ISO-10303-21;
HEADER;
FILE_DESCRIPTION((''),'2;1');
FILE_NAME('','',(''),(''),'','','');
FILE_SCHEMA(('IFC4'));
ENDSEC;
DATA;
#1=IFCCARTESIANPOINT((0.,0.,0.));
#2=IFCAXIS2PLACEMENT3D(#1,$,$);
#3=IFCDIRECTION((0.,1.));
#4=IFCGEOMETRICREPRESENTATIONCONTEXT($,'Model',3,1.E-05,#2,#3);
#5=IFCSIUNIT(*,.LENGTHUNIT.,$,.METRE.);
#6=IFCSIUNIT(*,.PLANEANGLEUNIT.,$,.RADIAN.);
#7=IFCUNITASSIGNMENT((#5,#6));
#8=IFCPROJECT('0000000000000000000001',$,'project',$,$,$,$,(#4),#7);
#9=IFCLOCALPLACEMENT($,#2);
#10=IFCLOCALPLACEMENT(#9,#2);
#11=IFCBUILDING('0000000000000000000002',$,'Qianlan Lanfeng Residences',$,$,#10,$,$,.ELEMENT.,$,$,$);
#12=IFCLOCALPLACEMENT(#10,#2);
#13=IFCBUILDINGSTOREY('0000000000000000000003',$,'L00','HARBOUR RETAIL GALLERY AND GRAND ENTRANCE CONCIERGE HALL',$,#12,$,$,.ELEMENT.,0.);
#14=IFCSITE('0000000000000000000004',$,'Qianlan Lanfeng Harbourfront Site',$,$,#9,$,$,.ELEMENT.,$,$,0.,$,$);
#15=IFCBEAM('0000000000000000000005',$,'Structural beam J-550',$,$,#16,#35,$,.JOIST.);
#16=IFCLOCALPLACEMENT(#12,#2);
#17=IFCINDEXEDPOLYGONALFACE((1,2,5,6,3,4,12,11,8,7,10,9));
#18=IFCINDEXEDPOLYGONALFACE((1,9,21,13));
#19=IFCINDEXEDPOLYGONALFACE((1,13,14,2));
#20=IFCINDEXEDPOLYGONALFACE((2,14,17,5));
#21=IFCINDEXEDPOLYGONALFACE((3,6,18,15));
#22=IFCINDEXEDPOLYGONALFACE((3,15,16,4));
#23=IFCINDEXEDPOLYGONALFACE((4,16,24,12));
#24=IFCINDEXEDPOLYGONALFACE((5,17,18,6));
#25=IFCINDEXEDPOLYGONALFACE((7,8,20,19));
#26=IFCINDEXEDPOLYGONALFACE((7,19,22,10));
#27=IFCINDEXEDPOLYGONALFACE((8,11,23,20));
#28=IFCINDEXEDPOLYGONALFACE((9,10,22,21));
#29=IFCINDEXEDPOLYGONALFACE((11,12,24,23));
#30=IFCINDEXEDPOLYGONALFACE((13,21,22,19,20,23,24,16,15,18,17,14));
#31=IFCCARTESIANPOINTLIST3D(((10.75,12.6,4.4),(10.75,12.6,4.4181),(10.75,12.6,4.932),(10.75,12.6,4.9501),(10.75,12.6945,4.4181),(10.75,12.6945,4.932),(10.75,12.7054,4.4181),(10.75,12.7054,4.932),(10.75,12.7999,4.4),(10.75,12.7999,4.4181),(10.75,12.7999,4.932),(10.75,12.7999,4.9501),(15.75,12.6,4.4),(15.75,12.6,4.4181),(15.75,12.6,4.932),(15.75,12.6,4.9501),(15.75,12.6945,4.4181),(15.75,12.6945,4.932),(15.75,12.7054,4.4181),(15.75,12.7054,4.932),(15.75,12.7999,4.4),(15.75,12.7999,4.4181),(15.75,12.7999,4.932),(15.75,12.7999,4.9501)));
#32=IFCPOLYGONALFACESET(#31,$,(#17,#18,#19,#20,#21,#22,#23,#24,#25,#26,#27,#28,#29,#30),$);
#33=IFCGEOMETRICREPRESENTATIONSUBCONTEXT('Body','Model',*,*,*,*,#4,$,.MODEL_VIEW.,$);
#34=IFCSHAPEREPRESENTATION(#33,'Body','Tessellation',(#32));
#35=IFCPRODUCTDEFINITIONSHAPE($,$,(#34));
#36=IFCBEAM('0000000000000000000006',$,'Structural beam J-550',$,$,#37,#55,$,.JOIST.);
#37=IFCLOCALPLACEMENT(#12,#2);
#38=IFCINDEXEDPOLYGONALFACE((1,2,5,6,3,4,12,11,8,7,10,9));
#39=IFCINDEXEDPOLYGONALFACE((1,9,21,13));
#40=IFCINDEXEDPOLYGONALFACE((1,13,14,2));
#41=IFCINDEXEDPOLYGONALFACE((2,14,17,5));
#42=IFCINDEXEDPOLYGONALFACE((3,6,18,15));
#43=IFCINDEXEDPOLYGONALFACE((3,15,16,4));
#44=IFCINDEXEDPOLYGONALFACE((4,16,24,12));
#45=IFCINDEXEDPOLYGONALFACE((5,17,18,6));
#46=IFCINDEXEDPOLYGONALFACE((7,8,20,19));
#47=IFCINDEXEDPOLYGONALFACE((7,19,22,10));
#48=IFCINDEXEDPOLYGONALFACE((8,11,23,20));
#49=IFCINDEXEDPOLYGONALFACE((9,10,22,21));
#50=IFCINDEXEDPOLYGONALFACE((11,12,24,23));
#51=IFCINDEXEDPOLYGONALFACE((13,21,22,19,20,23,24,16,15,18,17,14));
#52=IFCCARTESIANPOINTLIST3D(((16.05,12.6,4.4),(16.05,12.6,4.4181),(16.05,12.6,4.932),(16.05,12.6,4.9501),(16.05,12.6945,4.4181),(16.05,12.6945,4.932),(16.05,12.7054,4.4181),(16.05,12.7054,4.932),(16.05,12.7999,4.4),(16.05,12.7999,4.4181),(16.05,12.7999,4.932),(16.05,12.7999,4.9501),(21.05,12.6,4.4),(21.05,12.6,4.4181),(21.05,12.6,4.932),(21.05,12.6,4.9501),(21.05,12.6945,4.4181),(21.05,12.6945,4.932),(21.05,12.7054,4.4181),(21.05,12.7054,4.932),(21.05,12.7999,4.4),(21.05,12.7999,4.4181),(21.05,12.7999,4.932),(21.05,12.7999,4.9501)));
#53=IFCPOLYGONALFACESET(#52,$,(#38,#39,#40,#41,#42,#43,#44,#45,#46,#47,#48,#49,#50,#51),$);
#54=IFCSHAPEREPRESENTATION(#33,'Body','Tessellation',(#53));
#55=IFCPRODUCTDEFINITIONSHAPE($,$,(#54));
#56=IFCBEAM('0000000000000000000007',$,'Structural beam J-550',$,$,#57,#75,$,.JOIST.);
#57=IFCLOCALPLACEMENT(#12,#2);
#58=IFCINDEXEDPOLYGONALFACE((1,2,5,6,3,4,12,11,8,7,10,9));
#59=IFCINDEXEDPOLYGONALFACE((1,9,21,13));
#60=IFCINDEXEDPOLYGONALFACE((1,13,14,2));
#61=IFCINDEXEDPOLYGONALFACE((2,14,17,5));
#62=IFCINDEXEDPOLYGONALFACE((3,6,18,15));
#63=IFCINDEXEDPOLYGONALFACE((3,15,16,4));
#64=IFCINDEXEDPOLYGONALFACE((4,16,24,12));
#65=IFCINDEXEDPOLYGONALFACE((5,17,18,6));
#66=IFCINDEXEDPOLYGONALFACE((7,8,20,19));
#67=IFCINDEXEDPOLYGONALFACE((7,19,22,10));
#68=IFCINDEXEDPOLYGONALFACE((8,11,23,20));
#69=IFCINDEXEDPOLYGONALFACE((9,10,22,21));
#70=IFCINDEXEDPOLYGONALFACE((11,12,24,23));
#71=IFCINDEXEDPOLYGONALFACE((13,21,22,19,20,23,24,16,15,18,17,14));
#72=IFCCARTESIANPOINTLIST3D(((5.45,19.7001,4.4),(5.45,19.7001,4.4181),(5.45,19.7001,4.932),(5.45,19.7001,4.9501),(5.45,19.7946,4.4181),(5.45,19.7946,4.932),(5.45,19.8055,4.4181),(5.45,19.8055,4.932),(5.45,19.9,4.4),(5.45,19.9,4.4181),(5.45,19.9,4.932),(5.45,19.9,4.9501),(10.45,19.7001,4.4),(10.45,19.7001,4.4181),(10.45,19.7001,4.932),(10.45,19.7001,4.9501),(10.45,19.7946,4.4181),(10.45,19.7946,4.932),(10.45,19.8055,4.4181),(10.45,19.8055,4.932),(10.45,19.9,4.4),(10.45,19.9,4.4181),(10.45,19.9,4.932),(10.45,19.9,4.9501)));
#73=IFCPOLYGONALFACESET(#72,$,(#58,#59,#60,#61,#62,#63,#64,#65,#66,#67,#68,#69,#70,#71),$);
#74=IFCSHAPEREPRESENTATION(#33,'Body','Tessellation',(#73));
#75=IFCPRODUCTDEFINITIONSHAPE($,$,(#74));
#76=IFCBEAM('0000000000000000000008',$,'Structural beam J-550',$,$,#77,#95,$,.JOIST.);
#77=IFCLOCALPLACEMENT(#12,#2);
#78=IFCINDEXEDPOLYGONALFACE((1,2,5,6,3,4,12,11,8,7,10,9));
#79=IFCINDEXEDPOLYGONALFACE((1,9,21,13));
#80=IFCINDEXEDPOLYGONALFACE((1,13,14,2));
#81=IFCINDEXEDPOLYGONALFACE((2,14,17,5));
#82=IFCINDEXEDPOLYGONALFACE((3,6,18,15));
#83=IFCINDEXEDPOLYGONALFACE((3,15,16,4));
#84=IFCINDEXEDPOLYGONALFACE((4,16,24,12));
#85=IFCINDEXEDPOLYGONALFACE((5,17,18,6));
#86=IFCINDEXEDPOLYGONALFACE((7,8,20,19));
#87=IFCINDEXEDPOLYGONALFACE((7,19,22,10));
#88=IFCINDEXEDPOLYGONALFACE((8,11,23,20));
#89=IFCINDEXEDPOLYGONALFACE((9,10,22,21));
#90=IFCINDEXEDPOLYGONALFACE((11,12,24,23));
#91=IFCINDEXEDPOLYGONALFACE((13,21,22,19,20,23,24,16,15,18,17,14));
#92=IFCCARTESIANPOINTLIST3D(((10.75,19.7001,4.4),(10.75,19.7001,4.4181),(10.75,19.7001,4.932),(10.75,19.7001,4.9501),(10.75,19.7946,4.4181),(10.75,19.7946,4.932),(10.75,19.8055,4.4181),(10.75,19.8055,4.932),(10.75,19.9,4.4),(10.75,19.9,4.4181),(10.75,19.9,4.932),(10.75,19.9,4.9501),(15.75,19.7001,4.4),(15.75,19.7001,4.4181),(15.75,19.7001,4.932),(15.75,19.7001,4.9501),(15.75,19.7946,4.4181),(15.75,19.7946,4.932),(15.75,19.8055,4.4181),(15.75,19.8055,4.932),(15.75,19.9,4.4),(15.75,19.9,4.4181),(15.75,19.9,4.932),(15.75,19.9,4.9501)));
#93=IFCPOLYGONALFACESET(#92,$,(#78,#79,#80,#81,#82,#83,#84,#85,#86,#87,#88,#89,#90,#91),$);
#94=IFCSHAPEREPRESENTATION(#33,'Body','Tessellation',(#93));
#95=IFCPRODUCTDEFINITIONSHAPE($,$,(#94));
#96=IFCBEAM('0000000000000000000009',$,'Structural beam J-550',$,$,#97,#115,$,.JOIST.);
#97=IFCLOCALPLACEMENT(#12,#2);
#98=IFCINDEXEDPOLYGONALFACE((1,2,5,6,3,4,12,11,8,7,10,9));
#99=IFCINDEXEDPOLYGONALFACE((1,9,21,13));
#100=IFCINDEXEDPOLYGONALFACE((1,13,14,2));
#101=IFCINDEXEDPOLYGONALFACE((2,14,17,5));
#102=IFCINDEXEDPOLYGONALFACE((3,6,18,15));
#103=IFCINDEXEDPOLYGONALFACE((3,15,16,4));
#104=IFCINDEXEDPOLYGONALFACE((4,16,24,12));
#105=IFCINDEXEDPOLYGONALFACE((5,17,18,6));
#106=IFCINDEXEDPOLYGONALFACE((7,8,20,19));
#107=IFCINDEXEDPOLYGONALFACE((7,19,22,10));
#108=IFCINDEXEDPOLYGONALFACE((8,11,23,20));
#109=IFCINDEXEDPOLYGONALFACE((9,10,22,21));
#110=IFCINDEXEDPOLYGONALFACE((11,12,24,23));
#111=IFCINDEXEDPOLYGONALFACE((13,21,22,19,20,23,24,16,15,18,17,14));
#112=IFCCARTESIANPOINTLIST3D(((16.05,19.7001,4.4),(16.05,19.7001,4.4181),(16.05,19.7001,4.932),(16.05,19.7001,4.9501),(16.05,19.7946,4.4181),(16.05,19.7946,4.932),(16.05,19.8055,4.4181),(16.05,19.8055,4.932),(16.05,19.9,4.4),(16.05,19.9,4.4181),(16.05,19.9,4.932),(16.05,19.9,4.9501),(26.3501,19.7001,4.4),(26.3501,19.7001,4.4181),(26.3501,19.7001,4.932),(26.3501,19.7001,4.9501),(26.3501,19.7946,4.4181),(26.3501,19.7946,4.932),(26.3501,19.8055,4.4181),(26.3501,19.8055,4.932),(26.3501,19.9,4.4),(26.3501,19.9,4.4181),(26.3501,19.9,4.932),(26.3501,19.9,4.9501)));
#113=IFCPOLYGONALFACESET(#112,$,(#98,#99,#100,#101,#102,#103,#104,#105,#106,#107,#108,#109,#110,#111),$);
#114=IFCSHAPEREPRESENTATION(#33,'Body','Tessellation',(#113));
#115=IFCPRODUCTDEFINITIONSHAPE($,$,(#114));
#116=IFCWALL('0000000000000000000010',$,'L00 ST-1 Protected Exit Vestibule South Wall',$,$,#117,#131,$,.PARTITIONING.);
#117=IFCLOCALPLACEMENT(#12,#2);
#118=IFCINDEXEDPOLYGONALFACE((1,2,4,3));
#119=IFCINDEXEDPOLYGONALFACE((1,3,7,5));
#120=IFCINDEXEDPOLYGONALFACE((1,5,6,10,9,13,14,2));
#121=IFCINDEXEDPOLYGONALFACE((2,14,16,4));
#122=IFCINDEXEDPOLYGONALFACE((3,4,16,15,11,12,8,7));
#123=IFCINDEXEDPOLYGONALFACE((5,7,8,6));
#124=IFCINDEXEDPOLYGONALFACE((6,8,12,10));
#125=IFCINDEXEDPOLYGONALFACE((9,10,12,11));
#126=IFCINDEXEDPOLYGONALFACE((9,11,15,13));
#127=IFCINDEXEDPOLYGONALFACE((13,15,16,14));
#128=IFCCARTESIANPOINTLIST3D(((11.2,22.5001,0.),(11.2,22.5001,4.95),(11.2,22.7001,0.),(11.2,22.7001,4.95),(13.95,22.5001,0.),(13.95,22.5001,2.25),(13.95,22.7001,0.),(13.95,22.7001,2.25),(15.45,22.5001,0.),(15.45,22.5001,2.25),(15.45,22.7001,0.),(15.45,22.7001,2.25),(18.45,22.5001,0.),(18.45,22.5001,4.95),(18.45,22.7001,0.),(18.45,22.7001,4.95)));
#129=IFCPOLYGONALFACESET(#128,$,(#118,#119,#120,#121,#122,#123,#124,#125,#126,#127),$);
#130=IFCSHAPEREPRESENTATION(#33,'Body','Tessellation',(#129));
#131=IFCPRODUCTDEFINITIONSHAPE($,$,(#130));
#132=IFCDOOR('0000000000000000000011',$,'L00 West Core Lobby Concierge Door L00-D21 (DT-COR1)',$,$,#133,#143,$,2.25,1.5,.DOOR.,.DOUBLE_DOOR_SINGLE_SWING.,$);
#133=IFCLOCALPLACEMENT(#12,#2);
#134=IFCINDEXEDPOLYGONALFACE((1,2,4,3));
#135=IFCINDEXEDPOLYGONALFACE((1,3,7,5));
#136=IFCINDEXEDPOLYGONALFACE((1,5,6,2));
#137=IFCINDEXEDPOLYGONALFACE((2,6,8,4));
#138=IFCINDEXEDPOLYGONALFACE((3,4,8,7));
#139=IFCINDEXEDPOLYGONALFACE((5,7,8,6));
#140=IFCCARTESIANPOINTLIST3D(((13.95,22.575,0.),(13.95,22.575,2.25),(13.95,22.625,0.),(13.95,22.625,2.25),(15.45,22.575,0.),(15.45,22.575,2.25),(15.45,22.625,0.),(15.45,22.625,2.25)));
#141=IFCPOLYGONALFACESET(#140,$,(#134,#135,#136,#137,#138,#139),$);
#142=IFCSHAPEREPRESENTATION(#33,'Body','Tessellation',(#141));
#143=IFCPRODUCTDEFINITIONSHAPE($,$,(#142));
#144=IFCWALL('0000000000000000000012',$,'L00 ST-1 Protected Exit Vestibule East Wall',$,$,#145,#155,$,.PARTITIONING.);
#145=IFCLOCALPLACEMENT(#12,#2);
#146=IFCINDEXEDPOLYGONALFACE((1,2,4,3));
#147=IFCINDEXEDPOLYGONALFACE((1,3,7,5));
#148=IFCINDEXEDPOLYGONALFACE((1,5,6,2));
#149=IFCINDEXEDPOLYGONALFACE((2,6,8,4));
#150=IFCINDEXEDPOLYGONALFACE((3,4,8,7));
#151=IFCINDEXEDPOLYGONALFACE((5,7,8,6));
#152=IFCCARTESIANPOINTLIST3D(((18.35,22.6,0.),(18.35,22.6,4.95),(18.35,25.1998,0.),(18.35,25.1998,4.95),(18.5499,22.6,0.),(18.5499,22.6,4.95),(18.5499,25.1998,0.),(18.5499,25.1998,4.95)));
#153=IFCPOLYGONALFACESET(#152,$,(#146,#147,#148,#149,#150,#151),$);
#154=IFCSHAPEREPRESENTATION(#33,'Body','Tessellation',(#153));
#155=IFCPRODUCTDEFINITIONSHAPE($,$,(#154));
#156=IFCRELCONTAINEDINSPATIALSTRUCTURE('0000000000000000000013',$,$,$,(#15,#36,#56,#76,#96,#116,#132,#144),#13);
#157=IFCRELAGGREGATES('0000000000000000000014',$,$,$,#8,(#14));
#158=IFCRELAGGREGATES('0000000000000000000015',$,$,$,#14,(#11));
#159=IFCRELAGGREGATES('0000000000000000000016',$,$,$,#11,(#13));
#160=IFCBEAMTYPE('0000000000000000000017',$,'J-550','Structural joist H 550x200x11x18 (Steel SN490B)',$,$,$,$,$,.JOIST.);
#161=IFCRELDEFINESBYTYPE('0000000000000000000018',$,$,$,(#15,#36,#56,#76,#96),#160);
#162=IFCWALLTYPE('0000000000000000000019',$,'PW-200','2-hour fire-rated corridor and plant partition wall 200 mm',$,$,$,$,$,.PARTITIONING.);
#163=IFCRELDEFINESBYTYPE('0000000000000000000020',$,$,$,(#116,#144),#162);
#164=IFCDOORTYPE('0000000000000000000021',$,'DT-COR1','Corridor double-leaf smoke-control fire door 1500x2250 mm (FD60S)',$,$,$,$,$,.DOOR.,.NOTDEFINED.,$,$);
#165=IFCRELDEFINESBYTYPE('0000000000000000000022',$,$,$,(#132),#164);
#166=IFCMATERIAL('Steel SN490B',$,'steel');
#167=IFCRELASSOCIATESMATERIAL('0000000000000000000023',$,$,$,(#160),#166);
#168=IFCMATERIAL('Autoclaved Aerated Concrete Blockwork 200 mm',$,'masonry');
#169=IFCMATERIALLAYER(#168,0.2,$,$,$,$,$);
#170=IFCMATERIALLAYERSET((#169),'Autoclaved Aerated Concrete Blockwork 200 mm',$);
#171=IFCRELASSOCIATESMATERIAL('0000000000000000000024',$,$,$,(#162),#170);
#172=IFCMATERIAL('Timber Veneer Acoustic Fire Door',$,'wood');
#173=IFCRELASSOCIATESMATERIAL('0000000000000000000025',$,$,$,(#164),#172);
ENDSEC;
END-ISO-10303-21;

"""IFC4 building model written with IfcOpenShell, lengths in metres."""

from ifc_helpers import new_model, si_unit, direction, frame, frame_2d, origin, origin_2d, place, context, subcontext, project, spatial, rectangle, i_section, extrude, material, layer, layer_set, material_profile, profile_set, type_object, element, fill, save


model = new_model("IFC4")

# Units and contexts
model_context = context("Model", 3, precision=1e-05, world=origin(), true_north=direction((0.0, 1.0)))
body_context = subcontext(model_context, "Body", "Model", "MODEL_VIEW")
ifc_project = project(units=[si_unit("LENGTHUNIT", "METRE"), si_unit("PLANEANGLEUNIT", "RADIAN")], contexts=[model_context])

# Site, building, storey
site_placement = place(None, origin())
site = spatial("IfcSite", under=ifc_project, at=site_placement, Name="Qianlan Lanfeng Harbourfront Site", CompositionType="ELEMENT", RefElevation=0.0)
building_placement = place(site_placement, origin())
building = spatial("IfcBuilding", under=site, at=building_placement, Name="Qianlan Lanfeng Residences", CompositionType="ELEMENT")
storey_placement = place(building_placement, origin())
storey = spatial("IfcBuildingStorey", under=building, at=storey_placement, Name="L00", Description="HARBOUR RETAIL GALLERY AND GRAND ENTRANCE CONCIERGE HALL", CompositionType="ELEMENT", Elevation=0.0)

# Beams
ifc_material_1 = material(Name="Steel SN490B", Category="steel")
ifc_material_profile_1 = material_profile(ifc_material_1, i_section(OverallWidth=0.2, OverallDepth=0.55, WebThickness=0.011, FlangeThickness=0.0181, at=origin_2d()), Name="H 550x200x11x18")
ifc_profile_set_1 = profile_set([ifc_material_profile_1], Name="Steel SN490B")
beam_type_1 = type_object("IfcBeamType", Name="J-550", Description="Structural joist H 550x200x11x18 (Steel SN490B)", PredefinedType="JOIST", material=ifc_profile_set_1)
for number, where, z_axis, x_axis, name in (
    (1, (10.75, 12.7, 4.675), (1.0, 0.0, 0.0), (0.0, 1.0, 0.0), "Structural beam J-550"),
    (2, (16.05, 12.7, 4.675), (1.0, 0.0, 0.0), (0.0, 1.0, 0.0), "Structural beam J-550"),
    (3, (5.45, 19.8, 4.675), (1.0, 0.0, 0.0), (0.0, 1.0, 0.0), "Structural beam J-550"),
    (4, (10.75, 19.8, 4.675), (1.0, 0.0, 0.0), (0.0, 1.0, 0.0), "Structural beam J-550"),
):
    element("IfcBeam", number, at=place(storey_placement, frame(where, z_axis=z_axis, x_axis=x_axis)), inside=storey, type_object=beam_type_1, Name=name, PredefinedType="JOIST", context=body_context, shape_type="SweptSolid", body=[
        extrude(i_section(OverallWidth=0.2, OverallDepth=0.55, WebThickness=0.011, FlangeThickness=0.0181, at=origin_2d()), origin(), (0.0, 0.0, 1.0), 5.0),
    ])
beam_1_placement = place(storey_placement, frame((16.05, 19.8, 4.675), z_axis=(1.0, 0.0, 0.0), x_axis=(0.0, 1.0, 0.0)))
element("IfcBeam", 5, at=beam_1_placement, inside=storey, type_object=beam_type_1, Name="Structural beam J-550", PredefinedType="JOIST", context=body_context, shape_type="SweptSolid", body=[
    extrude(i_section(OverallWidth=0.2, OverallDepth=0.55, WebThickness=0.011, FlangeThickness=0.0181, at=origin_2d()), origin(), (0.0, 0.0, 1.0), 10.3),
])

# Wall, opening, door
ifc_material_2 = material(Name="Autoclaved Aerated Concrete Blockwork 200 mm", Category="masonry")
ifc_layer = layer(ifc_material_2, 0.2)
ifc_layer_set = layer_set([ifc_layer], Name="Autoclaved Aerated Concrete Blockwork 200 mm")
wall_type = type_object("IfcWallType", Name="PW-200", Description="2-hour fire-rated corridor and plant partition wall 200 mm", PredefinedType="PARTITIONING", material=ifc_layer_set)
wall_1_placement = place(storey_placement, frame((11.2, 22.6001, 0.0), z_axis=(0.0, 0.0, 1.0), x_axis=(1.0, 0.0, 0.0)))
wall_1 = element("IfcWall", 6, at=wall_1_placement, inside=storey, type_object=wall_type, Name="L00 ST-1 Protected Exit Vestibule South Wall", PredefinedType="PARTITIONING", context=body_context, shape_type="SweptSolid", body=[
    extrude(rectangle(XDim=7.25, YDim=0.2, at=frame_2d((3.625, 0.0))), origin(), (0.0, 0.0, 1.0), 4.95),
])
opening_placement = place(wall_1_placement, frame((2.75, 0.0, 0.0)))
opening = element("IfcOpeningElement", 7, at=opening_placement, cuts=wall_1, PredefinedType="OPENING", context=body_context, shape_type="SweptSolid", body=[
    extrude(rectangle(XDim=1.5, YDim=2.25, at=frame_2d((0.75, 1.125))), frame((0.0, 0.1099, 0.0), z_axis=(0.0, -1.0, 0.0), x_axis=(1.0, 0.0, 0.0)), (0.0, 0.0, 1.0), 0.22),
])
ifc_material_3 = material(Name="Timber Veneer Acoustic Fire Door", Category="wood")
door_type = type_object("IfcDoorType", Name="DT-COR1", Description="Corridor double-leaf smoke-control fire door 1500x2250 mm (FD60S)", OperationType="NOTDEFINED", PredefinedType="DOOR", material=ifc_material_3)
door_placement = place(opening_placement, origin())
door = element("IfcDoor", 8, at=door_placement, inside=storey, type_object=door_type, Name="L00 West Core Lobby Concierge Door L00-D21 (DT-COR1)", OperationType="DOUBLE_DOOR_SINGLE_SWING", OverallHeight=2.25, OverallWidth=1.5, PredefinedType="DOOR", context=body_context, shape_type="SweptSolid", body=[
    extrude(rectangle(XDim=1.5, YDim=2.25, at=frame_2d((0.75, 1.125))), frame((0.0, 0.0249, 0.0), z_axis=(0.0, -1.0, 0.0), x_axis=(1.0, 0.0, 0.0)), (0.0, 0.0, 1.0), 0.05),
])
fill(opening, door)

# Wall
wall_2_placement = place(storey_placement, frame((18.45, 22.6001, 0.0), z_axis=(0.0, 0.0, 1.0), x_axis=(0.0, 1.0, 0.0)))
element("IfcWall", 9, at=wall_2_placement, inside=storey, type_object=wall_type, Name="L00 ST-1 Protected Exit Vestibule East Wall", PredefinedType="PARTITIONING", context=body_context, shape_type="SweptSolid", body=[
    extrude(rectangle(XDim=2.5999, YDim=0.2, at=frame_2d((1.2998, 0.0))), origin(), (0.0, 0.0, 1.0), 4.95),
])

save(model, "model.ifc")
